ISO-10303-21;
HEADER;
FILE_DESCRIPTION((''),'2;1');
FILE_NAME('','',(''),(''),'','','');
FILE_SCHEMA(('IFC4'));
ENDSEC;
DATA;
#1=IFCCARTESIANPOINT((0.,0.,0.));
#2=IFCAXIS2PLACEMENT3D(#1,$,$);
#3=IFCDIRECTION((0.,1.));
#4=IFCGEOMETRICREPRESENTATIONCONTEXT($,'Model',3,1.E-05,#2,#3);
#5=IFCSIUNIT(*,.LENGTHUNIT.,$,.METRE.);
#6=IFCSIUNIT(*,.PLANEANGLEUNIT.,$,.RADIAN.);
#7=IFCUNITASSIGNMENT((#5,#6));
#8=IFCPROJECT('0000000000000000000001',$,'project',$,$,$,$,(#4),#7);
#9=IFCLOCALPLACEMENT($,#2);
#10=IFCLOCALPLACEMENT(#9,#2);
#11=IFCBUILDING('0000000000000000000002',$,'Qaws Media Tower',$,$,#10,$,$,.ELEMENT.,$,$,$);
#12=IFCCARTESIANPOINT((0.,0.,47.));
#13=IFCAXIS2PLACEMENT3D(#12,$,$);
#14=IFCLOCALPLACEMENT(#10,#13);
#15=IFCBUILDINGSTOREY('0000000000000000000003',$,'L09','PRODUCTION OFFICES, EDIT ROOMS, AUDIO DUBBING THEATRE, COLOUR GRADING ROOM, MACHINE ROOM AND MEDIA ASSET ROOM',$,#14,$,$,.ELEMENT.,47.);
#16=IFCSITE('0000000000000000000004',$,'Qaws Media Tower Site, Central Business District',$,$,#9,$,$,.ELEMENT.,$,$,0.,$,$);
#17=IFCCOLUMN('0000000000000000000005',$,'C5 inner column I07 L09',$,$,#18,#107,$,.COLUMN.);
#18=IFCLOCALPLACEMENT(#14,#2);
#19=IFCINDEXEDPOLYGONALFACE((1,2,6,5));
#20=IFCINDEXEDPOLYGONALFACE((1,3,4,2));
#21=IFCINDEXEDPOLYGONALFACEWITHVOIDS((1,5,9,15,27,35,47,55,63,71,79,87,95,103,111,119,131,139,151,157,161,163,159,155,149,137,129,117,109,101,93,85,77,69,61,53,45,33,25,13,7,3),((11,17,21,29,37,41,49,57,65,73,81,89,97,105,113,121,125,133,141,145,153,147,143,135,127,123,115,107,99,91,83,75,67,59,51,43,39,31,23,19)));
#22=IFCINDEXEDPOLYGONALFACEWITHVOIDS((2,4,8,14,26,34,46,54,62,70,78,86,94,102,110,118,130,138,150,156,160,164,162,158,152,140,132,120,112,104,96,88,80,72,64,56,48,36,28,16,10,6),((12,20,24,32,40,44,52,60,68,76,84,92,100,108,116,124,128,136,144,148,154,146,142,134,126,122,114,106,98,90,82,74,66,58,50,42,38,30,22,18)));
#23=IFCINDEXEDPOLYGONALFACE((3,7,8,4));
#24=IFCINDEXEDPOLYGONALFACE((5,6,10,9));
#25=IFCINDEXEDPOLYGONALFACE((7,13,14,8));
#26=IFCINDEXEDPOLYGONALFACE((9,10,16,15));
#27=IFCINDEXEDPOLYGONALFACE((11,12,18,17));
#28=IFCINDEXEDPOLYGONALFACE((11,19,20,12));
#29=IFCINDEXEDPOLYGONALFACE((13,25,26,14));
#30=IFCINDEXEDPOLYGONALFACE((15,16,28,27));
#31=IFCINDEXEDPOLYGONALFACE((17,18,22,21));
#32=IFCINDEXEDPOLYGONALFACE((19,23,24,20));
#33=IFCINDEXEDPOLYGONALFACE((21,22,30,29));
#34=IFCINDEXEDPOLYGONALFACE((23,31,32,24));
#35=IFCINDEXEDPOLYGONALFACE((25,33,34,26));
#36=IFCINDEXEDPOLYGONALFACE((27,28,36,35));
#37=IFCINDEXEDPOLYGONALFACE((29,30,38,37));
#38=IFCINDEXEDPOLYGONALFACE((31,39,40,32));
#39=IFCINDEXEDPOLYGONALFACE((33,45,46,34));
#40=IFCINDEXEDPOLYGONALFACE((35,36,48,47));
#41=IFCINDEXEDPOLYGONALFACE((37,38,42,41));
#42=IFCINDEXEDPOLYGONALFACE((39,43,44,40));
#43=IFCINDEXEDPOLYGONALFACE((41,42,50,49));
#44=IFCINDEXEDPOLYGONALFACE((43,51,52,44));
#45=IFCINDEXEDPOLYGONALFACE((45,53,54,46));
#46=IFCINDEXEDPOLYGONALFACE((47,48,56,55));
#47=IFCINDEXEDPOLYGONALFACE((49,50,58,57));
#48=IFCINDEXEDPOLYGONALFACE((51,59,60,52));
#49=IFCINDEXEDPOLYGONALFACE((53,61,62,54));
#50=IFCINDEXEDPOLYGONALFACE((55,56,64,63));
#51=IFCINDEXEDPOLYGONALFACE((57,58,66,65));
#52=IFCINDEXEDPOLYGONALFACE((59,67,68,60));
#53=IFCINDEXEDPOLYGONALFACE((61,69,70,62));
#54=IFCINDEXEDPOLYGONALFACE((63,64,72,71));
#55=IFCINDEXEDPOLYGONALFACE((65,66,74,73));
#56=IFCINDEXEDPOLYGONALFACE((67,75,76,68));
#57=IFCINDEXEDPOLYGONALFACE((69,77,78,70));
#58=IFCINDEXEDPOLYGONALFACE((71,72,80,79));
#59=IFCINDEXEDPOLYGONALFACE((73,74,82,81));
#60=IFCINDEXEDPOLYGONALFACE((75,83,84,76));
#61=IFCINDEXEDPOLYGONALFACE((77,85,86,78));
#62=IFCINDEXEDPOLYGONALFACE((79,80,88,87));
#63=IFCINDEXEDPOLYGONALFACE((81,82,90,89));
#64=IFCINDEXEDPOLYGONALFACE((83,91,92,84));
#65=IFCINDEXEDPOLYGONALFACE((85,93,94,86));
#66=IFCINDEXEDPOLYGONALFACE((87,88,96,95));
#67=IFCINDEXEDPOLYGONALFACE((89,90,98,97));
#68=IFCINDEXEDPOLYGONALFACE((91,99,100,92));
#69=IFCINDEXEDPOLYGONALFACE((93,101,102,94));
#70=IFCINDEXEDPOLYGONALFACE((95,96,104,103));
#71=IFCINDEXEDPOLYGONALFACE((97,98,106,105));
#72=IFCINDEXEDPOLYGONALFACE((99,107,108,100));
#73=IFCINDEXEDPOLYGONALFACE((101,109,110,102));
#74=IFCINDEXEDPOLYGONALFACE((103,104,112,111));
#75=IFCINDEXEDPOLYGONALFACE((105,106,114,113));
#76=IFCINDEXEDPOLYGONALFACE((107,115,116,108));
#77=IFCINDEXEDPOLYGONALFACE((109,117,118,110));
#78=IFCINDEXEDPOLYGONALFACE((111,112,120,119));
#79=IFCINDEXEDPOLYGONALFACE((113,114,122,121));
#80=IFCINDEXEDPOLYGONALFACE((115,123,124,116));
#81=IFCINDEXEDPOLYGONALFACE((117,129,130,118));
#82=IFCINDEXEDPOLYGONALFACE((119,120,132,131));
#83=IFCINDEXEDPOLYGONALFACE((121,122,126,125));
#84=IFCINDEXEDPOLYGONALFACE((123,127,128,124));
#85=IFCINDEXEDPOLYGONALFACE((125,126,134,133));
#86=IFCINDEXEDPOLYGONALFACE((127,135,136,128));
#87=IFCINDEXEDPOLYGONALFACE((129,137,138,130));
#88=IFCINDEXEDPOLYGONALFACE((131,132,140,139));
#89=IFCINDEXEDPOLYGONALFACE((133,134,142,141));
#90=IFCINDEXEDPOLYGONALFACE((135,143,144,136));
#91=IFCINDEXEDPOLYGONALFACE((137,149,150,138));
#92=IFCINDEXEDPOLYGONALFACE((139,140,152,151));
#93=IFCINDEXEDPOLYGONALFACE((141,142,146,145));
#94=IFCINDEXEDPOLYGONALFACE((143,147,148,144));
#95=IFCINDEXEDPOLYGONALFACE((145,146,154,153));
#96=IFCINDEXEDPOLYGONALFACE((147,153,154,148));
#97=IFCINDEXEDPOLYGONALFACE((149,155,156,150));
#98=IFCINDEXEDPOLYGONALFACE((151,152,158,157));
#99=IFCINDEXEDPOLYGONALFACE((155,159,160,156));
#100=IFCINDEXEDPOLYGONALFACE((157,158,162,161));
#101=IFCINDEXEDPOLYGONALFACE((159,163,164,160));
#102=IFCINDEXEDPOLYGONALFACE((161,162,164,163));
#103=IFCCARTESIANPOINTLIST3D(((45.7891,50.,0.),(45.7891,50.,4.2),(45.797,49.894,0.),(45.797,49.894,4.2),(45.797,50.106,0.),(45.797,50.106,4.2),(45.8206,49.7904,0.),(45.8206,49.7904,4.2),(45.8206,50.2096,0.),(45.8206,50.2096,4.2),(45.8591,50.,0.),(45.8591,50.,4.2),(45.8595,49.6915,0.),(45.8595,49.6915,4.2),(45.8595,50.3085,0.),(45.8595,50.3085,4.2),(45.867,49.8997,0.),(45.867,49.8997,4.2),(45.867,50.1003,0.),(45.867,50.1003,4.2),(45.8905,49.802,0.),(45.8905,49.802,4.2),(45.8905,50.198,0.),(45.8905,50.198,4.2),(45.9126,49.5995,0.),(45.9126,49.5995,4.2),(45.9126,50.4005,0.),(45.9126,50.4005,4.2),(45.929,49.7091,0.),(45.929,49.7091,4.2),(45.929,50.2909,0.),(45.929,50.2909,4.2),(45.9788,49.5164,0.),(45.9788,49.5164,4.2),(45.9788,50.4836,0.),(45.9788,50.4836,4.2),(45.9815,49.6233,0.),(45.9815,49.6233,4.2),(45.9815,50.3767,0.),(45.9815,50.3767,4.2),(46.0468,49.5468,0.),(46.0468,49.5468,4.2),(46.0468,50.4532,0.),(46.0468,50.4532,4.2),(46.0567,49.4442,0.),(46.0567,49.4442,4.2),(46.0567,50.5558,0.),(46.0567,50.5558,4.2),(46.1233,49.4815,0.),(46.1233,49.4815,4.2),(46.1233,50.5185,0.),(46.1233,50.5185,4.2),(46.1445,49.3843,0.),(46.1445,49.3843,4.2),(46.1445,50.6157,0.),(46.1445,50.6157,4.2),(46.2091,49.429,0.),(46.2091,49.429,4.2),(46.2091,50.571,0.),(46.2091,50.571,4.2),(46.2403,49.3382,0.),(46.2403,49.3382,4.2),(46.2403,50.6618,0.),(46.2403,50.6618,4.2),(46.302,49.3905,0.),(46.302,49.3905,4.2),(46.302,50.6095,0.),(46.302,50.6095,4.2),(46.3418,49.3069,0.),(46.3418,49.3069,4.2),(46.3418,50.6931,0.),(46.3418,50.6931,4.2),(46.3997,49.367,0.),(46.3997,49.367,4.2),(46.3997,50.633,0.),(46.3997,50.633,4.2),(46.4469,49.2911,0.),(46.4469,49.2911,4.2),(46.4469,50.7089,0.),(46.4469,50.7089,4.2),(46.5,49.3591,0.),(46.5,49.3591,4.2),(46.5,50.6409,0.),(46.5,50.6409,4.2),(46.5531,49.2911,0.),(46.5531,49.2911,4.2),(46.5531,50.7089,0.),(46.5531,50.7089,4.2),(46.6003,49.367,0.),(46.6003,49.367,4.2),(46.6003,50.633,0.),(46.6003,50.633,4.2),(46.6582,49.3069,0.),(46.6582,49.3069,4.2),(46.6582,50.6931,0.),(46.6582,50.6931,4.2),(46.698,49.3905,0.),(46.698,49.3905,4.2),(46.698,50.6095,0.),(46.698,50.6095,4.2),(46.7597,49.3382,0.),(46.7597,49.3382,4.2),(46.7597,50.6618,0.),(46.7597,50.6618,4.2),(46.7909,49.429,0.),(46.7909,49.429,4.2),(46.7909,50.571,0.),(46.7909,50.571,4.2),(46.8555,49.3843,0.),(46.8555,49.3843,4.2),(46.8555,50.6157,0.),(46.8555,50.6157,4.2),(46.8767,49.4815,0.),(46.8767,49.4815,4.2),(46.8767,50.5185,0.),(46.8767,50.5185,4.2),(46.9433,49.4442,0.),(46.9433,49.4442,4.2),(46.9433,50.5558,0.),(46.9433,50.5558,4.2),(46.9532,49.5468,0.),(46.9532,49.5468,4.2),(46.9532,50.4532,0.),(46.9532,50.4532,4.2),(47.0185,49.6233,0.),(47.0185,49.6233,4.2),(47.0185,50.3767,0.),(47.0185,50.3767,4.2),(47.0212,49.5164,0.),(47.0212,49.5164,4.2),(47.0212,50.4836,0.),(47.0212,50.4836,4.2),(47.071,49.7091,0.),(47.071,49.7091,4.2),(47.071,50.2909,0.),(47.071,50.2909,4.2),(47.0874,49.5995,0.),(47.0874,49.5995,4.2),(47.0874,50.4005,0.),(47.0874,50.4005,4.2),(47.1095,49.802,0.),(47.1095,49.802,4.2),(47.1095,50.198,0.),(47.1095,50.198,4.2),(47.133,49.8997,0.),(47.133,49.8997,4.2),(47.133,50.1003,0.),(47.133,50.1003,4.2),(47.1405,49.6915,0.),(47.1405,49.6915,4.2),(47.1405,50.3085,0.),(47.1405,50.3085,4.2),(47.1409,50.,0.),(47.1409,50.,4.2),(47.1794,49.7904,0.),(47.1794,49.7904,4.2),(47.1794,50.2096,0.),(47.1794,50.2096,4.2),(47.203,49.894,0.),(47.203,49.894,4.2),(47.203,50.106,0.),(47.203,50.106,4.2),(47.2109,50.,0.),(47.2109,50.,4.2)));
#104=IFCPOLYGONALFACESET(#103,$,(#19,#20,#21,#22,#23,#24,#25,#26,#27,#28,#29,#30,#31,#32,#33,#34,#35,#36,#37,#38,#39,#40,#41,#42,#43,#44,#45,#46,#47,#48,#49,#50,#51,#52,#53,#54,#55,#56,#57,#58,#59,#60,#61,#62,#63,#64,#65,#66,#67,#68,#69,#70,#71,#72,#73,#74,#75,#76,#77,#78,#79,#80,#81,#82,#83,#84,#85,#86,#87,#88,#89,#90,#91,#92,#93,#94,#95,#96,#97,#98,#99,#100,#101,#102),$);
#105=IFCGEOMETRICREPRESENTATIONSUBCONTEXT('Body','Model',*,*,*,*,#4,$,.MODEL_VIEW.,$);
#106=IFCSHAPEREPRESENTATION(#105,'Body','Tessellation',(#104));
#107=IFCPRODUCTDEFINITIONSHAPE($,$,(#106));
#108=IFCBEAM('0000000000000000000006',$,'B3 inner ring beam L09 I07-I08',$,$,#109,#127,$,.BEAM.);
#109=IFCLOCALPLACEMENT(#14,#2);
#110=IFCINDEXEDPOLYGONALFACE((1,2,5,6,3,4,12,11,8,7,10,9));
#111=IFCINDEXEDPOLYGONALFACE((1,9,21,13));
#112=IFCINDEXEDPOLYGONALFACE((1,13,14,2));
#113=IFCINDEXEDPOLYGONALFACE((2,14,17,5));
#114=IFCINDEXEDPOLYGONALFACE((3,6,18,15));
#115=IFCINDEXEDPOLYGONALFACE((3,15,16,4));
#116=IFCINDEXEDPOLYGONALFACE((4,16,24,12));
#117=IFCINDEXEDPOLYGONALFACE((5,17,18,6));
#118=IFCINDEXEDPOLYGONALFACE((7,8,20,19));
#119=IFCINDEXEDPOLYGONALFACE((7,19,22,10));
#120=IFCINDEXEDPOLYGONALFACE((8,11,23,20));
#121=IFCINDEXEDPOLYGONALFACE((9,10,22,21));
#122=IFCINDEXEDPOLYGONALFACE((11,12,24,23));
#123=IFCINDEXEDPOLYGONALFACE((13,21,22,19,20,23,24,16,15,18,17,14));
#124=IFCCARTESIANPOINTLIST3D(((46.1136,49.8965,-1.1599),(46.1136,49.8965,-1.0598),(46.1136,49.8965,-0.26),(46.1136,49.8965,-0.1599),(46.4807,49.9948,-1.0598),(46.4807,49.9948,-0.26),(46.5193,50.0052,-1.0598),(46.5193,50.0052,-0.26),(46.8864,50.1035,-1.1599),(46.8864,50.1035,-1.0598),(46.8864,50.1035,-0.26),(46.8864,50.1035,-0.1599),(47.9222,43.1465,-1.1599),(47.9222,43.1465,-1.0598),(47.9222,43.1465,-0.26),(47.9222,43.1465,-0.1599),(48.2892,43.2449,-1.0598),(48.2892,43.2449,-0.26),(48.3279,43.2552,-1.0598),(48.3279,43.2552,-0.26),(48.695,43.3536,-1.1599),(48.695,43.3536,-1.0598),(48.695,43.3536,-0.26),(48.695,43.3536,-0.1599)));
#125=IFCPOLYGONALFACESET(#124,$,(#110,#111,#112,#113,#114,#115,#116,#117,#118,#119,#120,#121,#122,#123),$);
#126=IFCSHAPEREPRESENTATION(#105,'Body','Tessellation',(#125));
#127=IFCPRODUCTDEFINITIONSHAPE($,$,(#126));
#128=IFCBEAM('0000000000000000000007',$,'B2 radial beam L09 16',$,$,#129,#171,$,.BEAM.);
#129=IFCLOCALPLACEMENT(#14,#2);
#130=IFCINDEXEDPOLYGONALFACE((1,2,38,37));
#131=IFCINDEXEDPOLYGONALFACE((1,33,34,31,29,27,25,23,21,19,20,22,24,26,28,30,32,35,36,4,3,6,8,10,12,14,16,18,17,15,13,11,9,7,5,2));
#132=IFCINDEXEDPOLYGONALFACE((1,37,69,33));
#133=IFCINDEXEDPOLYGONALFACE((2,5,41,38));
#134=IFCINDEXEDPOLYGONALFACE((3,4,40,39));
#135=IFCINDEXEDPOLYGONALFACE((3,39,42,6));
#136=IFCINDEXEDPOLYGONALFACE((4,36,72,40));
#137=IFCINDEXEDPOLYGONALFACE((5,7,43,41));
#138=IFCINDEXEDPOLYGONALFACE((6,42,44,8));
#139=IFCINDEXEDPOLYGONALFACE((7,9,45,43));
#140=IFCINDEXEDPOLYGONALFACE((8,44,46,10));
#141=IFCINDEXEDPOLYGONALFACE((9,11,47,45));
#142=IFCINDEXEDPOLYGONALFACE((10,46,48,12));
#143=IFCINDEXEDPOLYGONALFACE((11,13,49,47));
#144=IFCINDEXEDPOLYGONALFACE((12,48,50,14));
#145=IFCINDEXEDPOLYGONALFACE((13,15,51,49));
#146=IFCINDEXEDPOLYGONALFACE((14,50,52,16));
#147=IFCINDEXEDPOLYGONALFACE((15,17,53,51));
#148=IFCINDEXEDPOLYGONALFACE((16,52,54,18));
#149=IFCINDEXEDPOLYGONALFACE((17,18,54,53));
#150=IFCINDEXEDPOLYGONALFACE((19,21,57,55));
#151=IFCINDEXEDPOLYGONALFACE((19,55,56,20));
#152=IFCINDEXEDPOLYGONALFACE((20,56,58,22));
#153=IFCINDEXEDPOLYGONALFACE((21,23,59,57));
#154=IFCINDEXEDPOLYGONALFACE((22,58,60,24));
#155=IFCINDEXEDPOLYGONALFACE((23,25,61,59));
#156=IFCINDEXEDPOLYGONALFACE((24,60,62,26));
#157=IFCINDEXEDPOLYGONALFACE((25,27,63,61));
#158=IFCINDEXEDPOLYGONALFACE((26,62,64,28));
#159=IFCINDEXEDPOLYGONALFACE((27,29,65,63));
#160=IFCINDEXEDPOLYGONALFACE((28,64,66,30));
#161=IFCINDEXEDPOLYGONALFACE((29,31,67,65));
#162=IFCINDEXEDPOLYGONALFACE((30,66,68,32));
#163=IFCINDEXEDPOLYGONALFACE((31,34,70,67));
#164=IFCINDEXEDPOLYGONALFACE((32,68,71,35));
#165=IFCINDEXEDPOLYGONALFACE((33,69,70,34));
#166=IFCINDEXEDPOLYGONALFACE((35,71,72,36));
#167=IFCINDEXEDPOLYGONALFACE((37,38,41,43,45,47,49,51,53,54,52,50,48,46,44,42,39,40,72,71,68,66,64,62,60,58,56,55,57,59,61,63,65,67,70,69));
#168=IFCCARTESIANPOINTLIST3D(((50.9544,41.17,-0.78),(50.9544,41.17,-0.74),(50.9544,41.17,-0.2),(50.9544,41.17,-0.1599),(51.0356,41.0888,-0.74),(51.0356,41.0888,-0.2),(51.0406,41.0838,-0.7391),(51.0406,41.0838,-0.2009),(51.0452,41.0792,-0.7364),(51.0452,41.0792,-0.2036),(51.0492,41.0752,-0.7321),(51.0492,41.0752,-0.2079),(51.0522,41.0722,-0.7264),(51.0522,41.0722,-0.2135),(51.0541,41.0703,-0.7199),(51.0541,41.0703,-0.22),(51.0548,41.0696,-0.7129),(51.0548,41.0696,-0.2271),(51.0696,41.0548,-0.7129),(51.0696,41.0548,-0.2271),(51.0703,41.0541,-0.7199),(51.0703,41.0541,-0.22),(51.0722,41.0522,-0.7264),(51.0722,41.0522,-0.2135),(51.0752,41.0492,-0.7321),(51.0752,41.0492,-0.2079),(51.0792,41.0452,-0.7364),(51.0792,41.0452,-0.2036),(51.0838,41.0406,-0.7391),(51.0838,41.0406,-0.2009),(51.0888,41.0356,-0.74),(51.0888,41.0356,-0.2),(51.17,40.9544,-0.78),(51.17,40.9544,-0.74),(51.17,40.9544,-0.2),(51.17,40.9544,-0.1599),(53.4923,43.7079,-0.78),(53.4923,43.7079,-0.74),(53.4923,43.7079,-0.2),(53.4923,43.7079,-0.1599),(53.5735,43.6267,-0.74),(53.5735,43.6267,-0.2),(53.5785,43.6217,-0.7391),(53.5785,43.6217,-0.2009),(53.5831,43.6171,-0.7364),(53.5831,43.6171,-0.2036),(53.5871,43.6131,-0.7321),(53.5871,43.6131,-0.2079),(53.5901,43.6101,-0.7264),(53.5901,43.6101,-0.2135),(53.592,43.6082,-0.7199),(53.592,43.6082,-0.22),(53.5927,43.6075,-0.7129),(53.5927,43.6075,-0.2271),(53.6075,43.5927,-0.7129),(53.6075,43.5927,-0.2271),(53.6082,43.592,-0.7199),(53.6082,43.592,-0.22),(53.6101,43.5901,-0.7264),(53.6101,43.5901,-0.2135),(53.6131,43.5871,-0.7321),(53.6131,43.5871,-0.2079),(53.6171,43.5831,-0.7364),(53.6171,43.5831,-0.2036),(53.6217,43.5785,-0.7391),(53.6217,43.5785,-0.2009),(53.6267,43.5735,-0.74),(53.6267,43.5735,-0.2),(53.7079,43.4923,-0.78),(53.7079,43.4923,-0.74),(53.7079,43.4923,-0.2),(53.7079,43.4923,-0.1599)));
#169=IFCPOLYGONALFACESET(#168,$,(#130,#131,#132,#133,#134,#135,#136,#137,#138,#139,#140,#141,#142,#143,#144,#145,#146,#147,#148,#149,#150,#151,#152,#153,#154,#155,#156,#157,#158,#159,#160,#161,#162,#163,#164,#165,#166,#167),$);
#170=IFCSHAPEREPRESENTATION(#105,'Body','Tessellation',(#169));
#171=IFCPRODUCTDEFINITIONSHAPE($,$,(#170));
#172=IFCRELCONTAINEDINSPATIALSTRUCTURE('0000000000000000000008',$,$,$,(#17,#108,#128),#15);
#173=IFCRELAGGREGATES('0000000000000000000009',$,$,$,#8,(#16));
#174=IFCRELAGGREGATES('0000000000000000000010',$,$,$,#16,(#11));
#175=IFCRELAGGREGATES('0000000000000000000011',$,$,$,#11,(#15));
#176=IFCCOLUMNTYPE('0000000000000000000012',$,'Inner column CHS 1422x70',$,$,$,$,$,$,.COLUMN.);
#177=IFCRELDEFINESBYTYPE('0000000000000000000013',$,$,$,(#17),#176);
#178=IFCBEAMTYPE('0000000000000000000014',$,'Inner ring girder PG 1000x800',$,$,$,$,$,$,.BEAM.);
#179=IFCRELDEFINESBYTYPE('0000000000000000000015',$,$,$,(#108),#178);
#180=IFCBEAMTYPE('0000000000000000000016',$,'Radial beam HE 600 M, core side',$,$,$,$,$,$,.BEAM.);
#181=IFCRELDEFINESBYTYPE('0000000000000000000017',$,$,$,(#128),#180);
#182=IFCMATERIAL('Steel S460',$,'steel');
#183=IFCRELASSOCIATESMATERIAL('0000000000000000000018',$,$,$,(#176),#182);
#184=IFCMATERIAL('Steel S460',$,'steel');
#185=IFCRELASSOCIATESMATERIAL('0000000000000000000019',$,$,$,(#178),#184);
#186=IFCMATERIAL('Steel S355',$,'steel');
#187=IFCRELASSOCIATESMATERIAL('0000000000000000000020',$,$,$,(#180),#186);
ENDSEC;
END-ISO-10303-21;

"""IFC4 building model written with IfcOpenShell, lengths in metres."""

from ifc_helpers import new_model, si_unit, direction, frame, origin, origin_2d, place, context, subcontext, project, spatial, hollow_circle, i_section, extrude, material, material_profile, profile_set, type_object, element, save


model = new_model("IFC4")

# Units and contexts
model_context = context("Model", 3, precision=1e-05, world=origin(), true_north=direction((0.0, 1.0)))
body_context = subcontext(model_context, "Body", "Model", "MODEL_VIEW")
ifc_project = project(units=[si_unit("LENGTHUNIT", "METRE"), si_unit("PLANEANGLEUNIT", "RADIAN")], contexts=[model_context])

# Site, building, storey
site_placement = place(None, origin())
site = spatial("IfcSite", under=ifc_project, at=site_placement, Name="Qaws Media Tower Site, Central Business District", CompositionType="ELEMENT", RefElevation=0.0)
building_placement = place(site_placement, origin())
building = spatial("IfcBuilding", under=site, at=building_placement, Name="Qaws Media Tower", CompositionType="ELEMENT")
storey_placement = place(building_placement, frame((0.0, 0.0, 47.0)))
storey = spatial("IfcBuildingStorey", under=building, at=storey_placement, Name="L09", Description="PRODUCTION OFFICES, EDIT ROOMS, AUDIO DUBBING THEATRE, COLOUR GRADING ROOM, MACHINE ROOM AND MEDIA ASSET ROOM", CompositionType="ELEMENT", Elevation=47.0)

# Column
ifc_material_1 = material(Name="Steel S460", Category="steel")
ifc_material_profile_1 = material_profile(ifc_material_1, hollow_circle(Radius=0.7109, WallThickness=0.0701, at=origin_2d()), Name="CHS 1422x70")
ifc_profile_set_1 = profile_set([ifc_material_profile_1], Name="Steel S460")
column_type = type_object("IfcColumnType", Name="Inner column CHS 1422x70", PredefinedType="COLUMN", material=ifc_profile_set_1)
column_placement = place(storey_placement, frame((46.5, 50.0, 0.0), z_axis=(0.0, 0.0, 1.0), x_axis=(1.0, 0.0, 0.0)))
element("IfcColumn", 1, at=column_placement, inside=storey, type_object=column_type, Name="C5 inner column I07 L09", PredefinedType="COLUMN", context=body_context, shape_type="SweptSolid", body=[
    extrude(hollow_circle(Radius=0.7109, WallThickness=0.0701, at=origin_2d()), origin(), (0.0, 0.0, 1.0), 4.2),
])

# Beams
ifc_material_2 = material(Name="Steel S460", Category="steel")
ifc_material_profile_2 = material_profile(ifc_material_2, i_section(OverallWidth=0.8, OverallDepth=1.0, WebThickness=0.04, FlangeThickness=0.1001, at=origin_2d()), Name="PG 1000x800")
ifc_profile_set_2 = profile_set([ifc_material_profile_2], Name="Steel S460")
beam_type_1 = type_object("IfcBeamType", Name="Inner ring girder PG 1000x800", PredefinedType="BEAM", material=ifc_profile_set_2)
beam_1_placement = place(storey_placement, frame((46.5, 50.0, -0.6599), z_axis=(0.258811, -0.965928, 0.0), x_axis=(0.965928, 0.258811, 0.0)))
element("IfcBeam", 2, at=beam_1_placement, inside=storey, type_object=beam_type_1, Name="B3 inner ring beam L09 I07-I08", PredefinedType="BEAM", context=body_context, shape_type="SweptSolid", body=[
    extrude(i_section(OverallWidth=0.8, OverallDepth=1.0, WebThickness=0.04, FlangeThickness=0.1001, at=origin_2d()), origin(), (0.0, 0.0, 1.0), 6.988),
])
ifc_material_3 = material(Name="Steel S355", Category="steel")
ifc_material_profile_3 = material_profile(ifc_material_3, i_section(OverallWidth=0.3049, OverallDepth=0.6201, WebThickness=0.021, FlangeThickness=0.04, FilletRadius=0.0271, at=origin_2d()), Name="HE 600 M")
ifc_profile_set_3 = profile_set([ifc_material_profile_3], Name="Steel S355")
beam_type_2 = type_object("IfcBeamType", Name="Radial beam HE 600 M, core side", PredefinedType="BEAM", material=ifc_profile_set_3)
beam_2_placement = place(storey_placement, frame((53.6001, 43.6001, -0.47), z_axis=(-0.707107, -0.707107, 0.0), x_axis=(0.707107, -0.707107, 0.0)))
element("IfcBeam", 3, at=beam_2_placement, inside=storey, type_object=beam_type_2, Name="B2 radial beam L09 16", PredefinedType="BEAM", context=body_context, shape_type="SweptSolid", body=[
    extrude(i_section(OverallWidth=0.3049, OverallDepth=0.6201, WebThickness=0.021, FlangeThickness=0.04, FilletRadius=0.0271, at=origin_2d()), origin(), (0.0, 0.0, 1.0), 3.5891),
])

save(model, "model.ifc")
